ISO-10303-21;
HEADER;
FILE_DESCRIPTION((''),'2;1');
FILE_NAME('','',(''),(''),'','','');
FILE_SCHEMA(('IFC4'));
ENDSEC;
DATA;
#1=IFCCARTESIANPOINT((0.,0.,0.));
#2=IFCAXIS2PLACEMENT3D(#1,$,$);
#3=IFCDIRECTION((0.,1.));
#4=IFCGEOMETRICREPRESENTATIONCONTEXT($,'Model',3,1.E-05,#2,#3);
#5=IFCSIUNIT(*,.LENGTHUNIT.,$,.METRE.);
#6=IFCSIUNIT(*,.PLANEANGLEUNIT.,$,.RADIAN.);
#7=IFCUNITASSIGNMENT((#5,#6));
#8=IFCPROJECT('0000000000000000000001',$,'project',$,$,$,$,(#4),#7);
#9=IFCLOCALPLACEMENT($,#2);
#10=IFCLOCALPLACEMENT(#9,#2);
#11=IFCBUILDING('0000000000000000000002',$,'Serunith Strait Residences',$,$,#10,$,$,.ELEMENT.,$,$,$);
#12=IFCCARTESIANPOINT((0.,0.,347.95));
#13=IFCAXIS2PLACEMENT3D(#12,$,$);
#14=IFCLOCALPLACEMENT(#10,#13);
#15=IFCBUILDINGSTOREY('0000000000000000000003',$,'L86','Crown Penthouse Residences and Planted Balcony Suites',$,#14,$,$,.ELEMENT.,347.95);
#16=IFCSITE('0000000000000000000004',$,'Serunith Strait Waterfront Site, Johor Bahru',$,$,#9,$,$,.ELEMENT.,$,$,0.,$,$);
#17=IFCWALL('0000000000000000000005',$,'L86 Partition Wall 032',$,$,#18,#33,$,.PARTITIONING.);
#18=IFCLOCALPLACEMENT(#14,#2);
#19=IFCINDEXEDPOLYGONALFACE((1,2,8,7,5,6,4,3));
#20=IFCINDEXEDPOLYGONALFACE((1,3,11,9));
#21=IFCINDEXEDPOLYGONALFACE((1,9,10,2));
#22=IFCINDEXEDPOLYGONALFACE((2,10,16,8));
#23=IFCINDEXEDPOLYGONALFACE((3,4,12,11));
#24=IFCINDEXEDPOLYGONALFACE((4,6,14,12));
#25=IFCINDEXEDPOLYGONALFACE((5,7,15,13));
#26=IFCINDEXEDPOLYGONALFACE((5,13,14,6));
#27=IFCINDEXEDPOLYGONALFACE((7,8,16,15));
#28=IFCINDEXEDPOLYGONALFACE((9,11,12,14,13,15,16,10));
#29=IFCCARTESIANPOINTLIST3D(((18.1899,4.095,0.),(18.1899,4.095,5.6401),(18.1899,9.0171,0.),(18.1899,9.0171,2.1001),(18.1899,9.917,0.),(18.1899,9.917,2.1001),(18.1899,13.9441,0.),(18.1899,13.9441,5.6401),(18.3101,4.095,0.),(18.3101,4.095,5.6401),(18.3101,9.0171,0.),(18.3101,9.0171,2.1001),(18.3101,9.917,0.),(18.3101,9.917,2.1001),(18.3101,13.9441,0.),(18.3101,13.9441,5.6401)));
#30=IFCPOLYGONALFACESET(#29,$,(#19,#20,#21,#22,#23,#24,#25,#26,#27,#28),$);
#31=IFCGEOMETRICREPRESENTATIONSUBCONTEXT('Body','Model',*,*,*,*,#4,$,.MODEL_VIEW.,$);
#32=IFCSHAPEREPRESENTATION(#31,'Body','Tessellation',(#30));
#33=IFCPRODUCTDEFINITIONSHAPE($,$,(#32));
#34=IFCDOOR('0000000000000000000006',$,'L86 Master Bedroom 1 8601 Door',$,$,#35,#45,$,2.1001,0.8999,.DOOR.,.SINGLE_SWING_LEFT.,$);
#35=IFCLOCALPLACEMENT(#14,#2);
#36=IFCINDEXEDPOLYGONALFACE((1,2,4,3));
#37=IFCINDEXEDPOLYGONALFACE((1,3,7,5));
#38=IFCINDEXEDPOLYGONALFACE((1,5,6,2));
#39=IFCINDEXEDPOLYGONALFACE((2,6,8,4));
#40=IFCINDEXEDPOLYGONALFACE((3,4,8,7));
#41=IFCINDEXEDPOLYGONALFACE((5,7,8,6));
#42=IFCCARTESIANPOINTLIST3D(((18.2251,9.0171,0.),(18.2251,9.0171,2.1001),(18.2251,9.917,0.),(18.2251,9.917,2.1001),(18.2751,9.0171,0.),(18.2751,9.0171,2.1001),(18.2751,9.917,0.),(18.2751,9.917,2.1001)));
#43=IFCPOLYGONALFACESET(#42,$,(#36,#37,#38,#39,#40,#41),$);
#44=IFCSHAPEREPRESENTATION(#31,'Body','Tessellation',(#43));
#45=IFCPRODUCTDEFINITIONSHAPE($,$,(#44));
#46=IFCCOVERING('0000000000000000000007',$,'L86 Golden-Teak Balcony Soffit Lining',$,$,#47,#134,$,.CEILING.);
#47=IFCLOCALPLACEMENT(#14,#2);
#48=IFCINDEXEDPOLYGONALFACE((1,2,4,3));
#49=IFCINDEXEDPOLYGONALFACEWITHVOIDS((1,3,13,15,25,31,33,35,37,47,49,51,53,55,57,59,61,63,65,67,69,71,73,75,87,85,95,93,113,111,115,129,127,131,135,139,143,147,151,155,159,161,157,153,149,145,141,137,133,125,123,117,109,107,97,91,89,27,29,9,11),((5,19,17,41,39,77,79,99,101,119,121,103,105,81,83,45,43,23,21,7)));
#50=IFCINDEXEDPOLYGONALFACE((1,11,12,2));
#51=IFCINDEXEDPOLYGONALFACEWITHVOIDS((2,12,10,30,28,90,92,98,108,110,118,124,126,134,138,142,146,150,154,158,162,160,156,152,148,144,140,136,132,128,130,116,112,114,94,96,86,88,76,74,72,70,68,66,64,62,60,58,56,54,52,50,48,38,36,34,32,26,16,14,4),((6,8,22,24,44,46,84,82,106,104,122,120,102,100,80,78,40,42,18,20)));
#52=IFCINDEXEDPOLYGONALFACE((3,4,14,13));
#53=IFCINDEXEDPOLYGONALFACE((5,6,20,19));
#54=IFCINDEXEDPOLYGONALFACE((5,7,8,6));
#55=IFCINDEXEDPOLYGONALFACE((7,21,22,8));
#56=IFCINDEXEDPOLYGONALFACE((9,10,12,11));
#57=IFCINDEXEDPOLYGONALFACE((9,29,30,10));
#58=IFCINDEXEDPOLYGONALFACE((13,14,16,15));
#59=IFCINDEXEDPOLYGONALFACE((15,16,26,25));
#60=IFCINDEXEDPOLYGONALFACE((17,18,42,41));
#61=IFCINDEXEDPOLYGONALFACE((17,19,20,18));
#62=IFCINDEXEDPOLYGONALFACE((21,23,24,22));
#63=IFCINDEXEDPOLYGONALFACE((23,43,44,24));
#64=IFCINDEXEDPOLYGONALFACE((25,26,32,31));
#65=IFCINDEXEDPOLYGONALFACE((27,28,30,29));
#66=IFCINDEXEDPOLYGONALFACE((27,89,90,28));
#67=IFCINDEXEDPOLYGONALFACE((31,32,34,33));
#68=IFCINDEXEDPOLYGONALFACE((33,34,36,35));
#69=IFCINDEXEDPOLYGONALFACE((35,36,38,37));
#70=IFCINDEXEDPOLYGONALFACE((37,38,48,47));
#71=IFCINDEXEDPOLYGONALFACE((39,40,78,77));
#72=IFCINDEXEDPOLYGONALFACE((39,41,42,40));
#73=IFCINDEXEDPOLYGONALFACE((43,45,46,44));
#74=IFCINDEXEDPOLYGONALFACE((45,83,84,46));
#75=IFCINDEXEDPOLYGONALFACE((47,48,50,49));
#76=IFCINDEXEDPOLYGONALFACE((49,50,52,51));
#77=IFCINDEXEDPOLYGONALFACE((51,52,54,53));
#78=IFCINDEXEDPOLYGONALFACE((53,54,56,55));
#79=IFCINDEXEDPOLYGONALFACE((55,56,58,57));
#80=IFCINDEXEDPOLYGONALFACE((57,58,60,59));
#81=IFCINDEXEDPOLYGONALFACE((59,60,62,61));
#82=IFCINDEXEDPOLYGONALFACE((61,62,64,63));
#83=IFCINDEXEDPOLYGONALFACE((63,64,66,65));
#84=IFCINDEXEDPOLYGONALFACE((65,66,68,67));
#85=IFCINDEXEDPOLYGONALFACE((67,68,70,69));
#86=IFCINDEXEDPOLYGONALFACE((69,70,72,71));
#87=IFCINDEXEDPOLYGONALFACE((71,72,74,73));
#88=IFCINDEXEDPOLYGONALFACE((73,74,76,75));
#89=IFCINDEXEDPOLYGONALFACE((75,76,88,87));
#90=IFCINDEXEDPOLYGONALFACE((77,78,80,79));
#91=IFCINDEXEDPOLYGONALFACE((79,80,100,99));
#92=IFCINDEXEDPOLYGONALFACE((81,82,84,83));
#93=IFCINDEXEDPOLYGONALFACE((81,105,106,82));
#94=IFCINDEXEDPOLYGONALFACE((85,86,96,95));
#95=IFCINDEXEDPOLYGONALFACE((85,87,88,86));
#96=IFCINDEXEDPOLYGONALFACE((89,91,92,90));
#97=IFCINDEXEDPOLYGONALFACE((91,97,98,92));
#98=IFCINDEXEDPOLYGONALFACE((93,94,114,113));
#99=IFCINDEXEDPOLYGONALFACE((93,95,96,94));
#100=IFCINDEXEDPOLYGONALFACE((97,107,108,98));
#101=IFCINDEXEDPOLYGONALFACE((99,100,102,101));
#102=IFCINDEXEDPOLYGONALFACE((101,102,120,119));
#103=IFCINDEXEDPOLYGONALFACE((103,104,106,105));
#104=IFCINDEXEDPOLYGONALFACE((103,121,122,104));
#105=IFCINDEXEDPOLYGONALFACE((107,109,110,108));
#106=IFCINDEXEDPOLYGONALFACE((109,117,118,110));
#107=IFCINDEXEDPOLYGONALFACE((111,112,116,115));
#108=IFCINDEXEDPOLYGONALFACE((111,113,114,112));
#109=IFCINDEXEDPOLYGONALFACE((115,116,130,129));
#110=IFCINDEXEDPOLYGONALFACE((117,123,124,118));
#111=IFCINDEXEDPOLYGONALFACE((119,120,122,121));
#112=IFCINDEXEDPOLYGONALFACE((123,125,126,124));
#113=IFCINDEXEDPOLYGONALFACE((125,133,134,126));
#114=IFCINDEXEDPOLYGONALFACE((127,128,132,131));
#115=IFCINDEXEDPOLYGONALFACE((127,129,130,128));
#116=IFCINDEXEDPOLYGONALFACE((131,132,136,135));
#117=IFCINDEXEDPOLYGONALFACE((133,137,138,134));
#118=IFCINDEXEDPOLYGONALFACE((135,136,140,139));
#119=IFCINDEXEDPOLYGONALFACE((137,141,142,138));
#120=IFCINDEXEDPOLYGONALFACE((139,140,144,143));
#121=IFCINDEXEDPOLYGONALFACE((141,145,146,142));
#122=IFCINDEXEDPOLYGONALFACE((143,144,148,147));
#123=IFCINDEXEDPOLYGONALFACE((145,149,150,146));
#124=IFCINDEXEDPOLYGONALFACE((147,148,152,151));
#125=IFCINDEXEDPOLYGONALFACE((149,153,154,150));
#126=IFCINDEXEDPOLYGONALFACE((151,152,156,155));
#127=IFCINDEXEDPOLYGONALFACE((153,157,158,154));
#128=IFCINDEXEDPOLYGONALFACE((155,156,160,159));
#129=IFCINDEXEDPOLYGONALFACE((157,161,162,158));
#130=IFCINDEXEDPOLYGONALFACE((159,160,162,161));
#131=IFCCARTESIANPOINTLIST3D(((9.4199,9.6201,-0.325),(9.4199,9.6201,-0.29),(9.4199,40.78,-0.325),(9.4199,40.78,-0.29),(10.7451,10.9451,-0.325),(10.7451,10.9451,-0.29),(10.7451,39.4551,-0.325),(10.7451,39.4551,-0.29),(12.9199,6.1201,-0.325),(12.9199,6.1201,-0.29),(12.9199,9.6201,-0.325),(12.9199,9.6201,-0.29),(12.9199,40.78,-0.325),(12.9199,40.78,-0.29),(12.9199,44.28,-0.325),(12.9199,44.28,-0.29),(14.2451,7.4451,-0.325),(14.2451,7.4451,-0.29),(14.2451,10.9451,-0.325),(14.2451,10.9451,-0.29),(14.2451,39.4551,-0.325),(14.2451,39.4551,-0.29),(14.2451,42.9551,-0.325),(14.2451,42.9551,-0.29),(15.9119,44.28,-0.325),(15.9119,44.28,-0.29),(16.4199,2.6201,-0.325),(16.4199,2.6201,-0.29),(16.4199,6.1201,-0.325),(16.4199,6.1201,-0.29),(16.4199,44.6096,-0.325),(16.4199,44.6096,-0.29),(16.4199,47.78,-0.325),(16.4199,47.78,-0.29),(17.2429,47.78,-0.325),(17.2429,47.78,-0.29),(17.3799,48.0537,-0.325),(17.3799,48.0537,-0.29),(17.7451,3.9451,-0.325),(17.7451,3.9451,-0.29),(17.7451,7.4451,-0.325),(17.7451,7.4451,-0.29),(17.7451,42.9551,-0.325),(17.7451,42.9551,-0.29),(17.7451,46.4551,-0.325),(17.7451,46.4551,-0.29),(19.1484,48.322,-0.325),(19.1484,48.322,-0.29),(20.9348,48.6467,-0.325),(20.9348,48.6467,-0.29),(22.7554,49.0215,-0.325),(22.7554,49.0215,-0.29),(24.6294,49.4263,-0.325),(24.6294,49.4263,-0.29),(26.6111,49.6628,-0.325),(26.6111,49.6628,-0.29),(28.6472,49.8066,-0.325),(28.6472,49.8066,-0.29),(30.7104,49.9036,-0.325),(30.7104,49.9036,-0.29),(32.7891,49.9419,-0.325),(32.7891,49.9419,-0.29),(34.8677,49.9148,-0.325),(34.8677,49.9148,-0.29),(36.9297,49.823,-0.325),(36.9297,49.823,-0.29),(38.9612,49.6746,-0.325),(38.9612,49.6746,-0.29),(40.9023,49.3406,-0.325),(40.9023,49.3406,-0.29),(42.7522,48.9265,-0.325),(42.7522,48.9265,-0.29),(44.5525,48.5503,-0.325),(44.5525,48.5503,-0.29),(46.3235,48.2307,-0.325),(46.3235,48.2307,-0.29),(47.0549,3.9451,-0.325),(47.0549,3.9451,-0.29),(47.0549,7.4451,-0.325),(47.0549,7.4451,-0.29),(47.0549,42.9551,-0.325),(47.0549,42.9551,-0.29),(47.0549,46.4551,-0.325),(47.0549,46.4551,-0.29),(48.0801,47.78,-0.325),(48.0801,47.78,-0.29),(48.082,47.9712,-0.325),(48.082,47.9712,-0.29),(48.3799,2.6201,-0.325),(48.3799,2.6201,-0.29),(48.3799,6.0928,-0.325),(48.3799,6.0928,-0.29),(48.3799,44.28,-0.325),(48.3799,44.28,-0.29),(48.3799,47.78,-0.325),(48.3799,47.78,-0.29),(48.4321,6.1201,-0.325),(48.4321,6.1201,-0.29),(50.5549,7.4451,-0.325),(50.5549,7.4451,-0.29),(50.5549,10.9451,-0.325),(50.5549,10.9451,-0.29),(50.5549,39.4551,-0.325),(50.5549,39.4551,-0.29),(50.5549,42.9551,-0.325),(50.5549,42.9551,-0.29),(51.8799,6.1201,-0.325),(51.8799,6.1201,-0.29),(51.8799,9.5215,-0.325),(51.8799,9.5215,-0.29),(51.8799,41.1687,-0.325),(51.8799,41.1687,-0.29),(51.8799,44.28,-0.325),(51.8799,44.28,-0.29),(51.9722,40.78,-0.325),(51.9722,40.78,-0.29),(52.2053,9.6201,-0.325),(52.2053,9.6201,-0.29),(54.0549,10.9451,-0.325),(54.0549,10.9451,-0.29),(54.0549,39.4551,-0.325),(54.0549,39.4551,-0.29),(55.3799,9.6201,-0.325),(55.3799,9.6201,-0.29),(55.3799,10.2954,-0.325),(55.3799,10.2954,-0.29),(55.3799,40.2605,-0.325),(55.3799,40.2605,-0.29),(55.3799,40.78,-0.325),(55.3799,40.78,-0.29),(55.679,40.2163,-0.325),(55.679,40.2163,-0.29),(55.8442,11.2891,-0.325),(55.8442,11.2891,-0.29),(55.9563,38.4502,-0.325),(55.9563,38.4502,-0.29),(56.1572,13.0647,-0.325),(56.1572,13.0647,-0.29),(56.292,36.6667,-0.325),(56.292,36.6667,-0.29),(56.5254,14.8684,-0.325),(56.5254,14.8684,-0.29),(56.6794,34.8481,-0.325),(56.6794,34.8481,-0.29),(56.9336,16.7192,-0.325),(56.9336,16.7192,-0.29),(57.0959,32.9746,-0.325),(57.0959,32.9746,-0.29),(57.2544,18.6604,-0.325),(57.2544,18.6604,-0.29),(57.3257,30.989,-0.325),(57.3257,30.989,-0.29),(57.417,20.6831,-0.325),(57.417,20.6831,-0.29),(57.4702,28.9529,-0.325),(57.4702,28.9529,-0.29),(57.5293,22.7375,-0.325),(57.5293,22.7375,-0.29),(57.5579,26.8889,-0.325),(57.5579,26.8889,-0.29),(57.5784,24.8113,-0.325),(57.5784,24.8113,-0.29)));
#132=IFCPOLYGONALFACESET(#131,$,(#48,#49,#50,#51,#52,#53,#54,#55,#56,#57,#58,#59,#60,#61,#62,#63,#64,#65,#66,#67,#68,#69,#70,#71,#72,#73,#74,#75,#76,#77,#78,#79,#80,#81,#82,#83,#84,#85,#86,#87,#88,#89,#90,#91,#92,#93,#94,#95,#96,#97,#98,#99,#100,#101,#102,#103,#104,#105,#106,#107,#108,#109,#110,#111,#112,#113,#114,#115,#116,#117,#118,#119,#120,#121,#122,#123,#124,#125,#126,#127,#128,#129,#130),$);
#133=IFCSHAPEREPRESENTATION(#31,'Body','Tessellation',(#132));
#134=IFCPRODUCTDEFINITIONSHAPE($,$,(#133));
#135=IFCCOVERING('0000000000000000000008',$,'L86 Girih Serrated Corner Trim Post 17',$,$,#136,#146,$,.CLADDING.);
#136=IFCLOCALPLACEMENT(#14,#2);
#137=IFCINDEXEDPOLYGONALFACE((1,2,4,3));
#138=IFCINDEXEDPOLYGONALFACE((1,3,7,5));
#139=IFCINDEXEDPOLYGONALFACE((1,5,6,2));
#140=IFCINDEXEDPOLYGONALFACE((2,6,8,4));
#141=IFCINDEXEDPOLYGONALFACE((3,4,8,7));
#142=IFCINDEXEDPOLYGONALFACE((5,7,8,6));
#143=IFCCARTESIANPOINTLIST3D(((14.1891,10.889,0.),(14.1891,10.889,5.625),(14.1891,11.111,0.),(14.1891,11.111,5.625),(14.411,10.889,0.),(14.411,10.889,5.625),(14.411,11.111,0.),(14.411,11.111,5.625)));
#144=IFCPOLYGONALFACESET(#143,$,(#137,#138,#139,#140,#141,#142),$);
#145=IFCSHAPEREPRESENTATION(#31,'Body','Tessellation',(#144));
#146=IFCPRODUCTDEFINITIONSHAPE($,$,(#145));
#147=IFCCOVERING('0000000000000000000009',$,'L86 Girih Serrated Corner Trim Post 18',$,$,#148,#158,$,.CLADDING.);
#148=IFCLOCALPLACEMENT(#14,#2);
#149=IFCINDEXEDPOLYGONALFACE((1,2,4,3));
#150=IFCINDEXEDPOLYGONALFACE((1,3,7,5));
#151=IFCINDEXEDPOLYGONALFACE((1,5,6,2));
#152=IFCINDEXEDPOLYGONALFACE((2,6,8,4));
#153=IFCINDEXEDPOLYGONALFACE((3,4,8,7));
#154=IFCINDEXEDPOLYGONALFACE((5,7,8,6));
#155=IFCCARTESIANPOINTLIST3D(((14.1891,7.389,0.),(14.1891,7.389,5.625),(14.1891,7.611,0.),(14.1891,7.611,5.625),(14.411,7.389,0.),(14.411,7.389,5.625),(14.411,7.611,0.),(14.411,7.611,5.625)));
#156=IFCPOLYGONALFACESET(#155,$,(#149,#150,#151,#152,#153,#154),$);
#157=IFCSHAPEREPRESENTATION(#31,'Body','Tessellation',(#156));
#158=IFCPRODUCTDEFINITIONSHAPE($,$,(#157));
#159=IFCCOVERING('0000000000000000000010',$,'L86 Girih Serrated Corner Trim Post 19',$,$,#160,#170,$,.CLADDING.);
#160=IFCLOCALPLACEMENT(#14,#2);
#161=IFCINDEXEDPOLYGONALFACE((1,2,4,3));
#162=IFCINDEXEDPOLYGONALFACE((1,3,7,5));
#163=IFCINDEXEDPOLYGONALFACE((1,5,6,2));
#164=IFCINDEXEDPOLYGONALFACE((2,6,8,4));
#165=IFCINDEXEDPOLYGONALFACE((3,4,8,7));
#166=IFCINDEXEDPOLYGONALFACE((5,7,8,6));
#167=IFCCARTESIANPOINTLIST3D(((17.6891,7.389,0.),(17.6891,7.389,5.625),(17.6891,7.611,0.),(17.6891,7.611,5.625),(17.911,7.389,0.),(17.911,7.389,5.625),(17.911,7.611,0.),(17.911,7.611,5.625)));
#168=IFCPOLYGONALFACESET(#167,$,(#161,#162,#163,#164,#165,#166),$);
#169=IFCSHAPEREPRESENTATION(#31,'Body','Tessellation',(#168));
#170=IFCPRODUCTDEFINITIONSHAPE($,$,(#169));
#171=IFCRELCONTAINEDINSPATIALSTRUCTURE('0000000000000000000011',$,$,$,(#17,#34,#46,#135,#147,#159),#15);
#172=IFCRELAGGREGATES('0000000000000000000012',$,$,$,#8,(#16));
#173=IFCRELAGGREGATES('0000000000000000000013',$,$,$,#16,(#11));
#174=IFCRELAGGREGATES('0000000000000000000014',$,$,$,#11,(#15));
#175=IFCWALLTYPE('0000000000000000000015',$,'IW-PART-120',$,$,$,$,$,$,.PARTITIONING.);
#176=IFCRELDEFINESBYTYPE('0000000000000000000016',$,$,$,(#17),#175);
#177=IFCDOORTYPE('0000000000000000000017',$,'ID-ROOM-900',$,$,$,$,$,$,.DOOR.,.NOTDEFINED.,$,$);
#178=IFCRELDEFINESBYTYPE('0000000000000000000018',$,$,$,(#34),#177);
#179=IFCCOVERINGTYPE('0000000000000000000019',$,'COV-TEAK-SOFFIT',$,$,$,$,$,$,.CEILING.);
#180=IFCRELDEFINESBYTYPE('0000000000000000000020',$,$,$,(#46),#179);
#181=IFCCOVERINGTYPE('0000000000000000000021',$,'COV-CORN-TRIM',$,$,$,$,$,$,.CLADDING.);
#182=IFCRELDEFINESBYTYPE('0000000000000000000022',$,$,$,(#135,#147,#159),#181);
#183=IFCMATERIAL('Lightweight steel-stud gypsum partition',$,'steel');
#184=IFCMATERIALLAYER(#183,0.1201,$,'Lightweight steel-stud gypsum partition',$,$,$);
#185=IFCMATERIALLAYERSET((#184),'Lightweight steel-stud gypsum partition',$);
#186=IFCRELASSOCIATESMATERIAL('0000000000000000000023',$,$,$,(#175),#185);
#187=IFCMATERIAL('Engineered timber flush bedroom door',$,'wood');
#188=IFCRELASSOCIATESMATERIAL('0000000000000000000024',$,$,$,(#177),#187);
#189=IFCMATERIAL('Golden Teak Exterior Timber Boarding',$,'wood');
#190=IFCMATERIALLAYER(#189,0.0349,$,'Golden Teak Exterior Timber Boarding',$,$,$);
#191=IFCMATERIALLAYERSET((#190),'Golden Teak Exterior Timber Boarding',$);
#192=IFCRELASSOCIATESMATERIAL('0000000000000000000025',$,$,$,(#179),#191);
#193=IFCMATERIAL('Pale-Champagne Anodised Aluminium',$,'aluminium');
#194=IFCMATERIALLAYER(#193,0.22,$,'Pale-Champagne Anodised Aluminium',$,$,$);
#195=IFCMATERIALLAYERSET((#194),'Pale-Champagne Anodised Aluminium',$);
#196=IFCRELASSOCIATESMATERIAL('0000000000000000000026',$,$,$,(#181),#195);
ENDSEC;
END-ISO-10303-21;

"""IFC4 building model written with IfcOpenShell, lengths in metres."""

from ifc_helpers import new_model, si_unit, direction, frame, frame_2d, origin, origin_2d, place, context, subcontext, project, spatial, polyline, rectangle, outline, extrude, source, transform, mapped, material, layer, layer_set, type_object, element, fill, save


model = new_model("IFC4")

# Units and contexts
model_context = context("Model", 3, precision=1e-05, world=origin(), true_north=direction((0.0, 1.0)))
body_context = subcontext(model_context, "Body", "Model", "MODEL_VIEW")
ifc_project = project(units=[si_unit("LENGTHUNIT", "METRE"), si_unit("PLANEANGLEUNIT", "RADIAN")], contexts=[model_context])

# Site, building, storey
site_placement = place(None, origin())
site = spatial("IfcSite", under=ifc_project, at=site_placement, Name="Serunith Strait Waterfront Site, Johor Bahru", CompositionType="ELEMENT", RefElevation=0.0)
building_placement = place(site_placement, origin())
building = spatial("IfcBuilding", under=site, at=building_placement, Name="Serunith Strait Residences", CompositionType="ELEMENT")
storey_placement = place(building_placement, frame((0.0, 0.0, 347.95)))
storey = spatial("IfcBuildingStorey", under=building, at=storey_placement, Name="L86", Description="Crown Penthouse Residences and Planted Balcony Suites", CompositionType="ELEMENT", Elevation=347.95)

# Wall, opening, door
ifc_material_1 = material(Name="Lightweight steel-stud gypsum partition", Category="steel")
ifc_layer_1 = layer(ifc_material_1, 0.1201, Name="Lightweight steel-stud gypsum partition")
ifc_layer_set_1 = layer_set([ifc_layer_1], Name="Lightweight steel-stud gypsum partition")
wall_type_1 = type_object("IfcWallType", Name="IW-PART-120", PredefinedType="PARTITIONING", material=ifc_layer_set_1)
wall_1_placement = place(storey_placement, frame((18.25, 4.095, 0.0), z_axis=(0.0, 0.0, 1.0), x_axis=(0.0, 1.0, 0.0)))
wall_1 = element("IfcWall", 1, at=wall_1_placement, inside=storey, type_object=wall_type_1, Name="L86 Partition Wall 032", PredefinedType="PARTITIONING", context=body_context, shape_type="SweptSolid", body=[
    extrude(rectangle(XDim=9.8491, YDim=0.1201, at=frame_2d((4.9246, 0.0))), origin(), (0.0, 0.0, 1.0), 5.6401),
])
opening_1_placement = place(wall_1_placement, frame((4.9221, 0.0, 0.0)))
opening_1 = element("IfcOpeningElement", 2, at=opening_1_placement, cuts=wall_1, PredefinedType="OPENING", context=body_context, shape_type="SweptSolid", body=[
    extrude(rectangle(XDim=0.8999, YDim=2.1001, at=frame_2d((0.45, 1.05))), frame((0.0, 0.0701, 0.0), z_axis=(0.0, -1.0, 0.0), x_axis=(1.0, 0.0, 0.0)), (0.0, 0.0, 1.0), 0.1401),
])
ifc_material_2 = material(Name="Engineered timber flush bedroom door", Category="wood")
door_type = type_object("IfcDoorType", Name="ID-ROOM-900", OperationType="NOTDEFINED", PredefinedType="DOOR", material=ifc_material_2)
shared_shape_1 = source(origin(), body_context, "Body", "SweptSolid", [
    extrude(rectangle(XDim=0.8999, YDim=2.1001, at=frame_2d((0.45, 1.05))), frame((0.0, 0.0249, 0.0), z_axis=(0.0, -1.0, 0.0), x_axis=(1.0, 0.0, 0.0)), (0.0, 0.0, 1.0), 0.05),
])
door_placement = place(opening_1_placement, origin())
door = element("IfcDoor", 3, at=door_placement, inside=storey, type_object=door_type, Name="L86 Master Bedroom 1 8601 Door", OperationType="SINGLE_SWING_LEFT", OverallHeight=2.1001, OverallWidth=0.8999, PredefinedType="DOOR", context=body_context, shape_type="MappedRepresentation", body=[
    mapped(shared_shape_1, transform((0.0, 0.0, 0.0), scale=1.0)),
])
fill(opening_1, door)

# Covering
ifc_material_3 = material(Name="Golden Teak Exterior Timber Boarding", Category="wood")
ifc_layer_2 = layer(ifc_material_3, 0.0349, Name="Golden Teak Exterior Timber Boarding")
ifc_layer_set_2 = layer_set([ifc_layer_2], Name="Golden Teak Exterior Timber Boarding")
covering_type_1 = type_object("IfcCoveringType", Name="COV-TEAK-SOFFIT", PredefinedType="CEILING", material=ifc_layer_set_2)
covering_placement = place(storey_placement, frame((0.0, 0.0, -0.325)))
element("IfcCovering", 4, at=covering_placement, inside=storey, type_object=covering_type_1, Name="L86 Golden-Teak Balcony Soffit Lining", PredefinedType="CEILING", context=body_context, shape_type="SweptSolid", body=[
    extrude(outline(polyline([(16.4199, 47.78), (17.2429, 47.78), (17.3799, 48.0537), (19.1484, 48.322), (20.9348, 48.6467), (22.7554, 49.0215), (24.6294, 49.4263), (26.6111, 49.6628), (28.6472, 49.8066), (30.7104, 49.9036), (32.7891, 49.9419), (34.8677, 49.9148), (36.9297, 49.823), (38.9612, 49.6746), (40.9023, 49.3406), (42.7522, 48.9265), (44.5525, 48.5503), (46.3235, 48.2307), (48.082, 47.9712), (48.0801, 47.78), (48.3799, 47.78), (48.3799, 44.28), (51.8799, 44.28), (51.8799, 41.1687), (51.9722, 40.78), (55.3799, 40.78), (55.3799, 40.2605), (55.679, 40.2163), (55.9563, 38.4502), (56.292, 36.6667), (56.6794, 34.8481), (57.0959, 32.9746), (57.3257, 30.989), (57.4702, 28.9529), (57.5579, 26.8889), (57.5784, 24.8113), (57.5293, 22.7375), (57.417, 20.6831), (57.2544, 18.6604), (56.9336, 16.7192), (56.5254, 14.8684), (56.1572, 13.0647), (55.8442, 11.2891), (55.3799, 10.2954), (55.3799, 9.6201), (52.2053, 9.6201), (51.8799, 9.5215), (51.8799, 6.1201), (48.4321, 6.1201), (48.3799, 6.0928), (48.3799, 2.6201), (16.4199, 2.6201), (16.4199, 6.1201), (12.9199, 6.1201), (12.9199, 9.6201), (9.4199, 9.6201), (9.4199, 40.78), (12.9199, 40.78), (12.9199, 44.28), (15.9119, 44.28), (16.4199, 44.6096), (16.4199, 47.78)]), holes=[polyline([(47.0549, 3.9451), (47.0549, 7.4451), (50.5549, 7.4451), (50.5549, 10.9451), (54.0549, 10.9451), (54.0549, 39.4551), (50.5549, 39.4551), (50.5549, 42.9551), (47.0549, 42.9551), (47.0549, 46.4551), (17.7451, 46.4551), (17.7451, 42.9551), (14.2451, 42.9551), (14.2451, 39.4551), (10.7451, 39.4551), (10.7451, 10.9451), (14.2451, 10.9451), (14.2451, 7.4451), (17.7451, 7.4451), (17.7451, 3.9451), (47.0549, 3.9451)])]), origin(), (0.0, 0.0, 1.0), 0.0349),
])

# Coverings
ifc_material_4 = material(Name="Pale-Champagne Anodised Aluminium", Category="aluminium")
ifc_layer_3 = layer(ifc_material_4, 0.22, Name="Pale-Champagne Anodised Aluminium")
ifc_layer_set_3 = layer_set([ifc_layer_3], Name="Pale-Champagne Anodised Aluminium")
covering_type_2 = type_object("IfcCoveringType", Name="COV-CORN-TRIM", PredefinedType="CLADDING", material=ifc_layer_set_3)
shared_shape_2 = source(origin(), body_context, "Body", "SweptSolid", [
    extrude(rectangle(XDim=0.2219, YDim=0.2219, at=origin_2d()), origin(), (0.0, 0.0, 1.0), 5.625),
])
for number, where, z_axis, x_axis, name in (
    (5, (14.3, 11.0, 0.0), (0.0, 0.0, 1.0), (1.0, 0.0, 0.0), "L86 Girih Serrated Corner Trim Post 17"),
    (6, (14.3, 7.5, 0.0), (0.0, 0.0, 1.0), (1.0, 0.0, 0.0), "L86 Girih Serrated Corner Trim Post 18"),
    (7, (17.8, 7.5, 0.0), (0.0, 0.0, 1.0), (1.0, 0.0, 0.0), "L86 Girih Serrated Corner Trim Post 19"),
):
    element("IfcCovering", number, at=place(storey_placement, frame(where, z_axis=z_axis, x_axis=x_axis)), inside=storey, type_object=covering_type_2, Name=name, PredefinedType="CLADDING", context=body_context, shape_type="MappedRepresentation", body=[
        mapped(shared_shape_2, transform((0.0, 0.0, 0.0), scale=1.0)),
    ])

save(model, "model.ifc")
